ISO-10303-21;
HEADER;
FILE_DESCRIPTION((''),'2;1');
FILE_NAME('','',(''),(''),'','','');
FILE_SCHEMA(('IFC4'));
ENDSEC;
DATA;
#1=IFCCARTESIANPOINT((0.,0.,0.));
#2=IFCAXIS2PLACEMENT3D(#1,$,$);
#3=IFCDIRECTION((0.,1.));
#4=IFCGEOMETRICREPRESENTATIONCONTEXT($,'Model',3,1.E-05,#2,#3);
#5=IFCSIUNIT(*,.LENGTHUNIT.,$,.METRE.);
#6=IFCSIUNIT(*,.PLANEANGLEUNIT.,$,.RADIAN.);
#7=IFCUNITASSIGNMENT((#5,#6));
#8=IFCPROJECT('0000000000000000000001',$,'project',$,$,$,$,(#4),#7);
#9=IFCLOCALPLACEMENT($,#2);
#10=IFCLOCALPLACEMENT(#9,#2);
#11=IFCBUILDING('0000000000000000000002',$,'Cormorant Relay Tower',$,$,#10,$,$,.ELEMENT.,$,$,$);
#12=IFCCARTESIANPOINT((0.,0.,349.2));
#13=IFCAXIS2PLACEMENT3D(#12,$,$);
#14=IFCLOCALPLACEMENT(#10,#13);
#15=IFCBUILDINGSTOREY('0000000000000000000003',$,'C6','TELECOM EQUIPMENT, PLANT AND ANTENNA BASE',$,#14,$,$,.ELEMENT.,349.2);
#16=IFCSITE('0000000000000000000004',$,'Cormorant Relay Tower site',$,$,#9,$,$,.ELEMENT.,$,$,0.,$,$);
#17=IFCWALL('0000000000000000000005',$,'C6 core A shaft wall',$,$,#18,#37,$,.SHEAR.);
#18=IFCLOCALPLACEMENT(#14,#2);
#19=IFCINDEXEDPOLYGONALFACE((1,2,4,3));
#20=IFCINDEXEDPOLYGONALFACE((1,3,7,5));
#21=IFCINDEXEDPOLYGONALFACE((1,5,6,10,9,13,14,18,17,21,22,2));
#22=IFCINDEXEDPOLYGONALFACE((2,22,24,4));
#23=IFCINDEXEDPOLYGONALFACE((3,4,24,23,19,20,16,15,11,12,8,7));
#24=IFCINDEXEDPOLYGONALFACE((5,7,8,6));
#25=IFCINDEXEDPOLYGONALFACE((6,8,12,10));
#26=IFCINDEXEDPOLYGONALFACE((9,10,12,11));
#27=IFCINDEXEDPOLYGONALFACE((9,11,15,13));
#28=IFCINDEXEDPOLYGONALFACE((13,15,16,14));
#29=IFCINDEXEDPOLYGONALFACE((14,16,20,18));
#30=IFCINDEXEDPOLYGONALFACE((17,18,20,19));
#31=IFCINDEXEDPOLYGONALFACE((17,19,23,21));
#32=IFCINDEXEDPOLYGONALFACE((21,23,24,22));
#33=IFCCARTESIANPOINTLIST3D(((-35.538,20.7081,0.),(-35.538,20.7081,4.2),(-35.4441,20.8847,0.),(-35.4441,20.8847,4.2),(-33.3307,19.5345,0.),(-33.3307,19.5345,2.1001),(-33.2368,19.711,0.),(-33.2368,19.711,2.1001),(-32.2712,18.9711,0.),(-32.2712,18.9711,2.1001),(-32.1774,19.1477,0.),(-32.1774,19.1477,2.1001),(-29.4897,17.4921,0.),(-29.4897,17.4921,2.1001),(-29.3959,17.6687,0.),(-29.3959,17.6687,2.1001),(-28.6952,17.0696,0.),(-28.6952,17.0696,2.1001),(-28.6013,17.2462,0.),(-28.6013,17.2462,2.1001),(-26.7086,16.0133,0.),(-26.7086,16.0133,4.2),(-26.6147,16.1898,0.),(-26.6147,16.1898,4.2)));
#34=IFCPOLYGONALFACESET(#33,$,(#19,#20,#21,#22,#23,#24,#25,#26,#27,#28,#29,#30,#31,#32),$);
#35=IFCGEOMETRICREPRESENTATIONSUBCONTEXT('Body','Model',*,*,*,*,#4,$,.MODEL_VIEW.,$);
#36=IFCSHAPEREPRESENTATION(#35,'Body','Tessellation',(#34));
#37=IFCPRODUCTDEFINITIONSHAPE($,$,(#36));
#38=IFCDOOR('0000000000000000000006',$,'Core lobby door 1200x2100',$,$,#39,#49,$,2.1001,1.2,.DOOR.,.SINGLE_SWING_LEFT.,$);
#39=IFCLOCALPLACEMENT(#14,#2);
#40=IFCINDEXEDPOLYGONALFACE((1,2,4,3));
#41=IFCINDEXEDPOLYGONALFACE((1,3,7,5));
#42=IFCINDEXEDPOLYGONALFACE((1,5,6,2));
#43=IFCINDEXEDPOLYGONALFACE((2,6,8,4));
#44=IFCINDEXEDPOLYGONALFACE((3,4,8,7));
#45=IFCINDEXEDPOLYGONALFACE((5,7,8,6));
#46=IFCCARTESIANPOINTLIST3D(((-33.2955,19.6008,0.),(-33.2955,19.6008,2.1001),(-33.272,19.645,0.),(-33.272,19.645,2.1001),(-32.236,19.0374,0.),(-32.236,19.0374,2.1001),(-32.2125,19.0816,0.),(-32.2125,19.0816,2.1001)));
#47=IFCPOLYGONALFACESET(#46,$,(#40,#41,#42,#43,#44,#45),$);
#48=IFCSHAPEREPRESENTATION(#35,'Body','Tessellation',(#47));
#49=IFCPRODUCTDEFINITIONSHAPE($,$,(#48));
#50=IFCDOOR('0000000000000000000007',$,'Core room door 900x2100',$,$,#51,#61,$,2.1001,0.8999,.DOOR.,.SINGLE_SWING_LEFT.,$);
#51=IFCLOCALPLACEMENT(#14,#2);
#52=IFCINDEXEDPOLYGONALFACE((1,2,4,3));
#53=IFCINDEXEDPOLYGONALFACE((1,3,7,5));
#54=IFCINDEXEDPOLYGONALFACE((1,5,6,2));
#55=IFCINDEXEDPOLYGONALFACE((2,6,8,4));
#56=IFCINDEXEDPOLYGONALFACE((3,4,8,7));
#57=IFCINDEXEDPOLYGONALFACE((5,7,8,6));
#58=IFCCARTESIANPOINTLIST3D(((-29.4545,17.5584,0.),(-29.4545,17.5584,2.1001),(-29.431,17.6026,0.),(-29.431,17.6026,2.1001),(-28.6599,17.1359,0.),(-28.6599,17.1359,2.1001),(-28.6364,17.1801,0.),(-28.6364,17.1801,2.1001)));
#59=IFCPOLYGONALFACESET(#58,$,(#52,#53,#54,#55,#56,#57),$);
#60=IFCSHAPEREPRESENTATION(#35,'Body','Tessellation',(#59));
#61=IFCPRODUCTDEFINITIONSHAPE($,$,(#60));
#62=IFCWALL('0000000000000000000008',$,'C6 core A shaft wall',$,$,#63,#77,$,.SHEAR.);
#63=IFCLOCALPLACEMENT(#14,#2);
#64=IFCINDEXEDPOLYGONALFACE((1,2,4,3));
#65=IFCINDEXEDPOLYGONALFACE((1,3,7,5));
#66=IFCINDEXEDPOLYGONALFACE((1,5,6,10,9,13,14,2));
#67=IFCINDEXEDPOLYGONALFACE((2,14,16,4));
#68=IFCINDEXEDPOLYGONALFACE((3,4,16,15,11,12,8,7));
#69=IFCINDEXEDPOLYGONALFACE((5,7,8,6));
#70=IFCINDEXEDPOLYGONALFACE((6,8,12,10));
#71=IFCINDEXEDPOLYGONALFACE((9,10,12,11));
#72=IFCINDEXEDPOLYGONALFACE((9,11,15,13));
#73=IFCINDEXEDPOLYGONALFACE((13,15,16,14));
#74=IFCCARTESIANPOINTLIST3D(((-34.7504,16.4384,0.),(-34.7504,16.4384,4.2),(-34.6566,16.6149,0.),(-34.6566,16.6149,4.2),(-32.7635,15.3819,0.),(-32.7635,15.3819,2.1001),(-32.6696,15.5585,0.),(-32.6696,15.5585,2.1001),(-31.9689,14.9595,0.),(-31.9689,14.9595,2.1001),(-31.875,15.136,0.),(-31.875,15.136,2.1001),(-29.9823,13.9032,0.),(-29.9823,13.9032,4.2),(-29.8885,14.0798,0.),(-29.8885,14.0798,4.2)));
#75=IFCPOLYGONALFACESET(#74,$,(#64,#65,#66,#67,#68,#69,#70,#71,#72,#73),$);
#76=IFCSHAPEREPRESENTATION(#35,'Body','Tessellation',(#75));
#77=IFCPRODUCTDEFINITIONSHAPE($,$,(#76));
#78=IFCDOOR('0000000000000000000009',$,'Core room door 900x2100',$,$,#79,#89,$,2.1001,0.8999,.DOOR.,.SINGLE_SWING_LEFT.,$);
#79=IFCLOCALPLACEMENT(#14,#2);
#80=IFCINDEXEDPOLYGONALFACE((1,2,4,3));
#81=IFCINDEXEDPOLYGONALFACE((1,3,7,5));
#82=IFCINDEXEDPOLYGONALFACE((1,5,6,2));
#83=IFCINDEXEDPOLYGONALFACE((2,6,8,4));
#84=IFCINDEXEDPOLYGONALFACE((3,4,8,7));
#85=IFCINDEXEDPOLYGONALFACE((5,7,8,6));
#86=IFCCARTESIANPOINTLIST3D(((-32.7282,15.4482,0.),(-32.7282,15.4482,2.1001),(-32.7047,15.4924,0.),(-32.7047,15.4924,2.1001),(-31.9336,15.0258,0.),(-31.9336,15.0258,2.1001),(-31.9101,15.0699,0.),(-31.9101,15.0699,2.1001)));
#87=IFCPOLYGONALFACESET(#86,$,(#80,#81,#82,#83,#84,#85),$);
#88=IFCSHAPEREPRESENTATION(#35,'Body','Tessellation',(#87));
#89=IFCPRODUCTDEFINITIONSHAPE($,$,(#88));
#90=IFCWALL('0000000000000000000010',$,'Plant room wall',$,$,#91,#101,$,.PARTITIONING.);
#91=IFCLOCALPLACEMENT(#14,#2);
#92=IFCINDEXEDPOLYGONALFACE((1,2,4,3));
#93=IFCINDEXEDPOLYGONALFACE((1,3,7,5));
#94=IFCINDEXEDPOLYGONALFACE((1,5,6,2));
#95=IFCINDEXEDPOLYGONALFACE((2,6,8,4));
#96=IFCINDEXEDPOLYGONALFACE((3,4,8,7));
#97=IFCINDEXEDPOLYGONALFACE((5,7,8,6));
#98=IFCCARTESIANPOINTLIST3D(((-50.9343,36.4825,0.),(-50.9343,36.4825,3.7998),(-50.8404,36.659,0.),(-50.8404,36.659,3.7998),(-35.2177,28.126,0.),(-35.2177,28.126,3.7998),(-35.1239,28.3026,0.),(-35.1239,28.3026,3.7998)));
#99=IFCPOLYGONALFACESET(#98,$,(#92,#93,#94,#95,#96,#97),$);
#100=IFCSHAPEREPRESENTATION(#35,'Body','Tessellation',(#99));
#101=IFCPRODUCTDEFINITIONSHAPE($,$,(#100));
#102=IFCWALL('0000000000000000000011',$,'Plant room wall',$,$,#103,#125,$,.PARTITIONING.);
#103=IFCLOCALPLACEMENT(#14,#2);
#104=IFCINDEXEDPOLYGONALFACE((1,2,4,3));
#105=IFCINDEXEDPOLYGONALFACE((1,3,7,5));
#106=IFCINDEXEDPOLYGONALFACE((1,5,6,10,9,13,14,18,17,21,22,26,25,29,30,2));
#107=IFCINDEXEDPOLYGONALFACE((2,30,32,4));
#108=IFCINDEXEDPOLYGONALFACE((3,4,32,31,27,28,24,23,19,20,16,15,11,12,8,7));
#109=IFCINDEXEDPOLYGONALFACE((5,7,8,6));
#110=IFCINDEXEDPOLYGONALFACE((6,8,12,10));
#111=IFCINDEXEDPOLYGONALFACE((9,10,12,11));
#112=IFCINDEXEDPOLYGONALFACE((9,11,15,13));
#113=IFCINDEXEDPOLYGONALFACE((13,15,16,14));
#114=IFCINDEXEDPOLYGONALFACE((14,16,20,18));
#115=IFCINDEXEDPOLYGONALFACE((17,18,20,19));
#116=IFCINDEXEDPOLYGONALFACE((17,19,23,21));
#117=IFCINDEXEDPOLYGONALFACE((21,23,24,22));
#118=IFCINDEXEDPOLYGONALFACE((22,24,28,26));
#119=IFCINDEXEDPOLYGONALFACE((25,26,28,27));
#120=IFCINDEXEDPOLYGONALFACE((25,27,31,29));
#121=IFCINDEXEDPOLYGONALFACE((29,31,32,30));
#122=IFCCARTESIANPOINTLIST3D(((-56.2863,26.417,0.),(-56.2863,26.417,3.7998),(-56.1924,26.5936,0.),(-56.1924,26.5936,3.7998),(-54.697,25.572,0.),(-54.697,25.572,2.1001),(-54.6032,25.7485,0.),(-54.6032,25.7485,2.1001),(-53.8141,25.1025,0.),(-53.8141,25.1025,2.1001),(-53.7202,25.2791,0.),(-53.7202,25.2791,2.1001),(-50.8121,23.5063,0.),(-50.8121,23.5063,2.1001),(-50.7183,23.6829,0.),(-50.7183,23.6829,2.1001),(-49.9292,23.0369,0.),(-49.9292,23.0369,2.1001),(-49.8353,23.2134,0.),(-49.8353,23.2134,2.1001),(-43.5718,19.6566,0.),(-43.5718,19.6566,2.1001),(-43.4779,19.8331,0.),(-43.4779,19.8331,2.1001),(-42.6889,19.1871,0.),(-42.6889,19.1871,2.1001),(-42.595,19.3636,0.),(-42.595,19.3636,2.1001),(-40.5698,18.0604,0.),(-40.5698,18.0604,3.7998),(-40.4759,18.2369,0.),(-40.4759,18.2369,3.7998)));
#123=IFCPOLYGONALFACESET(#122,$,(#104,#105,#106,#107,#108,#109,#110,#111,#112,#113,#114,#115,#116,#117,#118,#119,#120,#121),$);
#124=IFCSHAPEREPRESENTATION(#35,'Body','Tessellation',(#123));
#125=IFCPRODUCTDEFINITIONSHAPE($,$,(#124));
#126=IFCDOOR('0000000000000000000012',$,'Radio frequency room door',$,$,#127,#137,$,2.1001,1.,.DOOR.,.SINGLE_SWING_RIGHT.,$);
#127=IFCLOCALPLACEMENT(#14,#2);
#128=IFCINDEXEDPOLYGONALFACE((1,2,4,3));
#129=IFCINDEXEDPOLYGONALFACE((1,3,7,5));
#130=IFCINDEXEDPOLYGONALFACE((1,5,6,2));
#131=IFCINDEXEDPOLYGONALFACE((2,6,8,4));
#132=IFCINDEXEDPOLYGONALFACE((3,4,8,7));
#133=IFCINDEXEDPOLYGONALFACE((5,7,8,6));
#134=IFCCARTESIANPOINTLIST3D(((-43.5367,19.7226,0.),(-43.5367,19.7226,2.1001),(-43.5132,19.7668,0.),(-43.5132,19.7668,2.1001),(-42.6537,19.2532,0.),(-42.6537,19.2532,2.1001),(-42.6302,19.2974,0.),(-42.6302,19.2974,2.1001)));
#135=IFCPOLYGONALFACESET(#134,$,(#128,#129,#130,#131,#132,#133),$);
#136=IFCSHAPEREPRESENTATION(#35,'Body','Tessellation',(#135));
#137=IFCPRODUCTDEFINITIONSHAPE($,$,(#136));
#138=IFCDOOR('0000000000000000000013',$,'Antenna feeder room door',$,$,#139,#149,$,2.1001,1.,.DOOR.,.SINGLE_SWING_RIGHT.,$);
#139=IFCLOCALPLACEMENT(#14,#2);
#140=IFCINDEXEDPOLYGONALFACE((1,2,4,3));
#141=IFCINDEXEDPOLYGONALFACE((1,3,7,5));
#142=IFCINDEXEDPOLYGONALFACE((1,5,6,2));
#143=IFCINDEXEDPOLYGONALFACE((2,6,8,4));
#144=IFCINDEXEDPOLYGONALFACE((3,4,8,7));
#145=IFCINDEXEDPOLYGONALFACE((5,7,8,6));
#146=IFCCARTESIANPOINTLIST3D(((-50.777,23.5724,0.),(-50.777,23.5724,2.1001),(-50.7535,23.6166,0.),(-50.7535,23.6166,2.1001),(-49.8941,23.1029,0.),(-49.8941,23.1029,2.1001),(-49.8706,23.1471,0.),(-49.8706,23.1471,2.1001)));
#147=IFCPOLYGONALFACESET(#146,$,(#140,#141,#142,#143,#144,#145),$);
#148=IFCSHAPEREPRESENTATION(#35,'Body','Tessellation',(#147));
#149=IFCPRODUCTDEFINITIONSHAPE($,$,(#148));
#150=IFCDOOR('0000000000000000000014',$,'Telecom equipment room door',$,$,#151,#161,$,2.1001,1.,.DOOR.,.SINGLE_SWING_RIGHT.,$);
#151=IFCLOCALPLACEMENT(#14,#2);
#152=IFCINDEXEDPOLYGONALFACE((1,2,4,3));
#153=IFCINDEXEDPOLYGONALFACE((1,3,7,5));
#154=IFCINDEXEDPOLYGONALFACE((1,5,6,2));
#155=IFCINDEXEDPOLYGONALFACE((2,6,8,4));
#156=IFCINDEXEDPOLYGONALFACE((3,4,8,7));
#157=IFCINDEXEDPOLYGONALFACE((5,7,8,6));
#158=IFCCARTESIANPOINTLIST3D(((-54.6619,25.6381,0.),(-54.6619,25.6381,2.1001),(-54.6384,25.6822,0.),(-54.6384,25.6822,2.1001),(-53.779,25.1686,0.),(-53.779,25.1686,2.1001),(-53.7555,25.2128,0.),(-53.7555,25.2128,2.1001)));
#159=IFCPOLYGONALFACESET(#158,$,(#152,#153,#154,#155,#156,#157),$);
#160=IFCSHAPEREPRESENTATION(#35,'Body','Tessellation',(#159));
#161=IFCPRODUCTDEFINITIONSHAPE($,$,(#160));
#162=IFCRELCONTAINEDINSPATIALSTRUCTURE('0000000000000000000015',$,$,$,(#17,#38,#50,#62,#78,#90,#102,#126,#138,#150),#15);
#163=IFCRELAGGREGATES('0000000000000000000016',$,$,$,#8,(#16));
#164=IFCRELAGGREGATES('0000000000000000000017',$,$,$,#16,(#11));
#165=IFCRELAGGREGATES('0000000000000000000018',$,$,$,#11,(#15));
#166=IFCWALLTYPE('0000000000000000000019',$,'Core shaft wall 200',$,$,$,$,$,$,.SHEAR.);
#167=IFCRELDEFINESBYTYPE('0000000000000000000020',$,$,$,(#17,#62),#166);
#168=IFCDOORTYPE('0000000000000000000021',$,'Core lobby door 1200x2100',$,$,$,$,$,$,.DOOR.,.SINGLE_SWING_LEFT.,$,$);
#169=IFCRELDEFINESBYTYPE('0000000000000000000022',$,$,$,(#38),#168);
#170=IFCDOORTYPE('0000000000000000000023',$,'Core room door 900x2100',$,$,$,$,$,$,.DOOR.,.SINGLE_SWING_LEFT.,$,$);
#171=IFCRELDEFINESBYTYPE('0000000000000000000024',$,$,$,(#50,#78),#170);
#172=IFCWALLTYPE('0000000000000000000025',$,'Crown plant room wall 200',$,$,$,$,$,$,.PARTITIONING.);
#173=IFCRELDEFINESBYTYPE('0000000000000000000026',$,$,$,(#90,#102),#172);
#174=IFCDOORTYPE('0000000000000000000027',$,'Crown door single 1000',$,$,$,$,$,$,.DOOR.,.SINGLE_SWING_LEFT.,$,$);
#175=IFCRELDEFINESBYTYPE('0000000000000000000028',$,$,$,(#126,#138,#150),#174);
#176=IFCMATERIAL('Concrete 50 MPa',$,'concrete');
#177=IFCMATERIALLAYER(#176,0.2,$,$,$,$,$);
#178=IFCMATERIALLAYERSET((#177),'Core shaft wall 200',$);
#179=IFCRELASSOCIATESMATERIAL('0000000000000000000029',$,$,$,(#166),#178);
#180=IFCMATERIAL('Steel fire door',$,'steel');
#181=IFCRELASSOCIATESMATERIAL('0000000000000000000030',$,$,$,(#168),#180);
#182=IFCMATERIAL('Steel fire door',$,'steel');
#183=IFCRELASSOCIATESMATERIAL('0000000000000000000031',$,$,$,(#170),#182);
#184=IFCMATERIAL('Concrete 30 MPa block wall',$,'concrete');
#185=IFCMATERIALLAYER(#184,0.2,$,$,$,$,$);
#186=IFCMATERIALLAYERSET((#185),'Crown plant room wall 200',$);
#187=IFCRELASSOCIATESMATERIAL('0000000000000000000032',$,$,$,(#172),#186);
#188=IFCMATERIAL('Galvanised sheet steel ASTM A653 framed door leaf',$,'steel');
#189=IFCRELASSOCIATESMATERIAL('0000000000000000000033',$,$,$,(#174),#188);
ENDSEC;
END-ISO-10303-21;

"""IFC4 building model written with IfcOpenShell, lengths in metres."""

from ifc_helpers import new_model, si_unit, direction, frame, frame_2d, origin, place, context, subcontext, project, spatial, rectangle, extrude, material, layer, layer_set, type_object, element, fill, save


model = new_model("IFC4")

# Units and contexts
model_context = context("Model", 3, precision=1e-05, world=origin(), true_north=direction((0.0, 1.0)))
body_context = subcontext(model_context, "Body", "Model", "MODEL_VIEW")
ifc_project = project(units=[si_unit("LENGTHUNIT", "METRE"), si_unit("PLANEANGLEUNIT", "RADIAN")], contexts=[model_context])

# Site, building, storey
site_placement = place(None, origin())
site = spatial("IfcSite", under=ifc_project, at=site_placement, Name="Cormorant Relay Tower site", CompositionType="ELEMENT", RefElevation=0.0)
building_placement = place(site_placement, origin())
building = spatial("IfcBuilding", under=site, at=building_placement, Name="Cormorant Relay Tower", CompositionType="ELEMENT")
storey_placement = place(building_placement, frame((0.0, 0.0, 349.2)))
storey = spatial("IfcBuildingStorey", under=building, at=storey_placement, Name="C6", Description="TELECOM EQUIPMENT, PLANT AND ANTENNA BASE", CompositionType="ELEMENT", Elevation=349.2)

# Shared definitions
ifc_material_1 = material(Name="Concrete 50 MPa", Category="concrete")
ifc_layer_1 = layer(ifc_material_1, 0.2)
ifc_layer_set_1 = layer_set([ifc_layer_1], Name="Core shaft wall 200")
wall_type_1 = type_object("IfcWallType", Name="Core shaft wall 200", PredefinedType="SHEAR", material=ifc_layer_set_1)

# Wall, openings, doors
wall_1_placement = place(storey_placement, frame((-26.6616, 16.1016, 0.0), z_axis=(0.0, 0.0, 1.0), x_axis=(-0.88294, 0.469485, 0.0)))
wall_1 = element("IfcWall", 1, at=wall_1_placement, inside=storey, type_object=wall_type_1, Name="C6 core A shaft wall", PredefinedType="SHEAR", context=body_context, shape_type="SweptSolid", body=[
    extrude(rectangle(XDim=10.0, YDim=0.2, at=frame_2d((5.0, 0.0))), origin(), (0.0, 0.0, 1.0), 4.2),
])
opening_1_placement = place(wall_1_placement, frame((6.3, 0.0, 0.0)))
opening_1 = element("IfcOpeningElement", 2, at=opening_1_placement, cuts=wall_1, PredefinedType="OPENING", context=body_context, shape_type="SweptSolid", body=[
    extrude(rectangle(XDim=1.2, YDim=2.1001, at=frame_2d((0.6001, 1.05))), frame((0.0, 0.1099, 0.0), z_axis=(0.0, -1.0, 0.0), x_axis=(1.0, 0.0, 0.0)), (0.0, 0.0, 1.0), 0.22),
])
opening_2_placement = place(wall_1_placement, frame((2.25, 0.0, 0.0)))
opening_2 = element("IfcOpeningElement", 3, at=opening_2_placement, cuts=wall_1, PredefinedType="OPENING", context=body_context, shape_type="SweptSolid", body=[
    extrude(rectangle(XDim=0.8999, YDim=2.1001, at=frame_2d((0.45, 1.05))), frame((0.0, 0.1099, 0.0), z_axis=(0.0, -1.0, 0.0), x_axis=(1.0, 0.0, 0.0)), (0.0, 0.0, 1.0), 0.22),
])
ifc_material_2 = material(Name="Steel fire door", Category="steel")
door_type_1 = type_object("IfcDoorType", Name="Core lobby door 1200x2100", OperationType="SINGLE_SWING_LEFT", PredefinedType="DOOR", material=ifc_material_2)
door_1_placement = place(opening_1_placement, origin())
door_1 = element("IfcDoor", 4, at=door_1_placement, inside=storey, type_object=door_type_1, Name="Core lobby door 1200x2100", OperationType="SINGLE_SWING_LEFT", OverallHeight=2.1001, OverallWidth=1.2, PredefinedType="DOOR", context=body_context, shape_type="SweptSolid", body=[
    extrude(rectangle(XDim=1.2, YDim=2.1001, at=frame_2d((0.6001, 1.05))), frame((0.0, 0.0249, 0.0), z_axis=(0.0, -1.0, 0.0), x_axis=(1.0, 0.0, 0.0)), (0.0, 0.0, 1.0), 0.05),
])
fill(opening_1, door_1)
ifc_material_3 = material(Name="Steel fire door", Category="steel")
door_type_2 = type_object("IfcDoorType", Name="Core room door 900x2100", OperationType="SINGLE_SWING_LEFT", PredefinedType="DOOR", material=ifc_material_3)
door_2_placement = place(opening_2_placement, origin())
door_2 = element("IfcDoor", 5, at=door_2_placement, inside=storey, type_object=door_type_2, Name="Core room door 900x2100", OperationType="SINGLE_SWING_LEFT", OverallHeight=2.1001, OverallWidth=0.8999, PredefinedType="DOOR", context=body_context, shape_type="SweptSolid", body=[
    extrude(rectangle(XDim=0.8999, YDim=2.1001, at=frame_2d((0.45, 1.05))), frame((0.0, 0.0249, 0.0), z_axis=(0.0, -1.0, 0.0), x_axis=(1.0, 0.0, 0.0)), (0.0, 0.0, 1.0), 0.05),
])
fill(opening_2, door_2)

# Wall, opening, door
wall_2_placement = place(storey_placement, frame((-29.9353, 13.9915, 0.0), z_axis=(0.0, 0.0, 1.0), x_axis=(-0.882953, 0.469462, 0.0)))
wall_2 = element("IfcWall", 6, at=wall_2_placement, inside=storey, type_object=wall_type_1, Name="C6 core A shaft wall", PredefinedType="SHEAR", context=body_context, shape_type="SweptSolid", body=[
    extrude(rectangle(XDim=5.4001, YDim=0.2, at=frame_2d((2.7002, 0.0))), origin(), (0.0, 0.0, 1.0), 4.2),
])
opening_3_placement = place(wall_2_placement, frame((2.25, 0.0, 0.0)))
opening_3 = element("IfcOpeningElement", 7, at=opening_3_placement, cuts=wall_2, PredefinedType="OPENING", context=body_context, shape_type="SweptSolid", body=[
    extrude(rectangle(XDim=0.8999, YDim=2.1001, at=frame_2d((0.45, 1.05))), frame((0.0, 0.1099, 0.0), z_axis=(0.0, -1.0, 0.0), x_axis=(1.0, 0.0, 0.0)), (0.0, 0.0, 1.0), 0.22),
])
door_3_placement = place(opening_3_placement, origin())
door_3 = element("IfcDoor", 8, at=door_3_placement, inside=storey, type_object=door_type_2, Name="Core room door 900x2100", OperationType="SINGLE_SWING_LEFT", OverallHeight=2.1001, OverallWidth=0.8999, PredefinedType="DOOR", context=body_context, shape_type="SweptSolid", body=[
    extrude(rectangle(XDim=0.8999, YDim=2.1001, at=frame_2d((0.45, 1.05))), frame((0.0, 0.0249, 0.0), z_axis=(0.0, -1.0, 0.0), x_axis=(1.0, 0.0, 0.0)), (0.0, 0.0, 1.0), 0.05),
])
fill(opening_3, door_3)

# Wall
ifc_material_4 = material(Name="Concrete 30 MPa block wall", Category="concrete")
ifc_layer_2 = layer(ifc_material_4, 0.2)
ifc_layer_set_2 = layer_set([ifc_layer_2], Name="Crown plant room wall 200")
wall_type_2 = type_object("IfcWallType", Name="Crown plant room wall 200", PredefinedType="PARTITIONING", material=ifc_layer_set_2)
wall_3_placement = place(storey_placement, frame((-35.1709, 28.2144, 0.0), z_axis=(0.0, 0.0, 1.0), x_axis=(-0.882952, 0.469463, 0.0)))
element("IfcWall", 9, at=wall_3_placement, inside=storey, type_object=wall_type_2, Name="Plant room wall", PredefinedType="PARTITIONING", context=body_context, shape_type="SweptSolid", body=[
    extrude(rectangle(XDim=17.8, YDim=0.2, at=frame_2d((8.8999, 0.0))), origin(), (0.0, 0.0, 1.0), 3.7998),
])

# Wall, openings, doors
wall_4_placement = place(storey_placement, frame((-40.5229, 18.1487, 0.0), z_axis=(0.0, 0.0, 1.0), x_axis=(-0.882946, 0.469474, 0.0)))
wall_4 = element("IfcWall", 10, at=wall_4_placement, inside=storey, type_object=wall_type_2, Name="Plant room wall", PredefinedType="PARTITIONING", context=body_context, shape_type="SweptSolid", body=[
    extrude(rectangle(XDim=17.8, YDim=0.2, at=frame_2d((8.8999, 0.0))), origin(), (0.0, 0.0, 1.0), 3.7998),
])
opening_4_placement = place(wall_4_placement, frame((2.3999, 0.0, 0.0)))
opening_4 = element("IfcOpeningElement", 11, at=opening_4_placement, cuts=wall_4, PredefinedType="OPENING", context=body_context, shape_type="SweptSolid", body=[
    extrude(rectangle(XDim=1.0, YDim=2.1001, at=frame_2d((0.5, 1.05))), frame((0.0, 0.1099, 0.0), z_axis=(0.0, -1.0, 0.0), x_axis=(1.0, 0.0, 0.0)), (0.0, 0.0, 1.0), 0.22),
])
opening_5_placement = place(wall_4_placement, frame((10.6001, 0.0, 0.0)))
opening_5 = element("IfcOpeningElement", 12, at=opening_5_placement, cuts=wall_4, PredefinedType="OPENING", context=body_context, shape_type="SweptSolid", body=[
    extrude(rectangle(XDim=1.0, YDim=2.1001, at=frame_2d((0.5, 1.05))), frame((0.0, 0.1099, 0.0), z_axis=(0.0, -1.0, 0.0), x_axis=(1.0, 0.0, 0.0)), (0.0, 0.0, 1.0), 0.22),
])
opening_6_placement = place(wall_4_placement, frame((15.0, 0.0, 0.0)))
opening_6 = element("IfcOpeningElement", 13, at=opening_6_placement, cuts=wall_4, PredefinedType="OPENING", context=body_context, shape_type="SweptSolid", body=[
    extrude(rectangle(XDim=1.0, YDim=2.1001, at=frame_2d((0.5, 1.05))), frame((0.0, 0.1099, 0.0), z_axis=(0.0, -1.0, 0.0), x_axis=(1.0, 0.0, 0.0)), (0.0, 0.0, 1.0), 0.22),
])
ifc_material_5 = material(Name="Galvanised sheet steel ASTM A653 framed door leaf", Category="steel")
door_type_3 = type_object("IfcDoorType", Name="Crown door single 1000", OperationType="SINGLE_SWING_LEFT", PredefinedType="DOOR", material=ifc_material_5)
door_4_placement = place(opening_4_placement, frame((1.0, 0.0, 0.0), z_axis=(0.0, 0.0, 1.0), x_axis=(-1.0, 0.0, 0.0)))
door_4 = element("IfcDoor", 14, at=door_4_placement, inside=storey, type_object=door_type_3, Name="Radio frequency room door", OperationType="SINGLE_SWING_RIGHT", OverallHeight=2.1001, OverallWidth=1.0, PredefinedType="DOOR", context=body_context, shape_type="SweptSolid", body=[
    extrude(rectangle(XDim=1.0, YDim=2.1001, at=frame_2d((0.5, 1.05))), frame((0.0, 0.0249, 0.0), z_axis=(0.0, -1.0, 0.0), x_axis=(1.0, 0.0, 0.0)), (0.0, 0.0, 1.0), 0.05),
])
fill(opening_4, door_4)
door_5_placement = place(opening_5_placement, frame((1.0, 0.0, 0.0), z_axis=(0.0, 0.0, 1.0), x_axis=(-1.0, 0.0, 0.0)))
door_5 = element("IfcDoor", 15, at=door_5_placement, inside=storey, type_object=door_type_3, Name="Antenna feeder room door", OperationType="SINGLE_SWING_RIGHT", OverallHeight=2.1001, OverallWidth=1.0, PredefinedType="DOOR", context=body_context, shape_type="SweptSolid", body=[
    extrude(rectangle(XDim=1.0, YDim=2.1001, at=frame_2d((0.5, 1.05))), frame((0.0, 0.0249, 0.0), z_axis=(0.0, -1.0, 0.0), x_axis=(1.0, 0.0, 0.0)), (0.0, 0.0, 1.0), 0.05),
])
fill(opening_5, door_5)
door_6_placement = place(opening_6_placement, frame((1.0, 0.0, 0.0), z_axis=(0.0, 0.0, 1.0), x_axis=(-1.0, 0.0, 0.0)))
door_6 = element("IfcDoor", 16, at=door_6_placement, inside=storey, type_object=door_type_3, Name="Telecom equipment room door", OperationType="SINGLE_SWING_RIGHT", OverallHeight=2.1001, OverallWidth=1.0, PredefinedType="DOOR", context=body_context, shape_type="SweptSolid", body=[
    extrude(rectangle(XDim=1.0, YDim=2.1001, at=frame_2d((0.5, 1.05))), frame((0.0, 0.0249, 0.0), z_axis=(0.0, -1.0, 0.0), x_axis=(1.0, 0.0, 0.0)), (0.0, 0.0, 1.0), 0.05),
])
fill(opening_6, door_6)

save(model, "model.ifc")
